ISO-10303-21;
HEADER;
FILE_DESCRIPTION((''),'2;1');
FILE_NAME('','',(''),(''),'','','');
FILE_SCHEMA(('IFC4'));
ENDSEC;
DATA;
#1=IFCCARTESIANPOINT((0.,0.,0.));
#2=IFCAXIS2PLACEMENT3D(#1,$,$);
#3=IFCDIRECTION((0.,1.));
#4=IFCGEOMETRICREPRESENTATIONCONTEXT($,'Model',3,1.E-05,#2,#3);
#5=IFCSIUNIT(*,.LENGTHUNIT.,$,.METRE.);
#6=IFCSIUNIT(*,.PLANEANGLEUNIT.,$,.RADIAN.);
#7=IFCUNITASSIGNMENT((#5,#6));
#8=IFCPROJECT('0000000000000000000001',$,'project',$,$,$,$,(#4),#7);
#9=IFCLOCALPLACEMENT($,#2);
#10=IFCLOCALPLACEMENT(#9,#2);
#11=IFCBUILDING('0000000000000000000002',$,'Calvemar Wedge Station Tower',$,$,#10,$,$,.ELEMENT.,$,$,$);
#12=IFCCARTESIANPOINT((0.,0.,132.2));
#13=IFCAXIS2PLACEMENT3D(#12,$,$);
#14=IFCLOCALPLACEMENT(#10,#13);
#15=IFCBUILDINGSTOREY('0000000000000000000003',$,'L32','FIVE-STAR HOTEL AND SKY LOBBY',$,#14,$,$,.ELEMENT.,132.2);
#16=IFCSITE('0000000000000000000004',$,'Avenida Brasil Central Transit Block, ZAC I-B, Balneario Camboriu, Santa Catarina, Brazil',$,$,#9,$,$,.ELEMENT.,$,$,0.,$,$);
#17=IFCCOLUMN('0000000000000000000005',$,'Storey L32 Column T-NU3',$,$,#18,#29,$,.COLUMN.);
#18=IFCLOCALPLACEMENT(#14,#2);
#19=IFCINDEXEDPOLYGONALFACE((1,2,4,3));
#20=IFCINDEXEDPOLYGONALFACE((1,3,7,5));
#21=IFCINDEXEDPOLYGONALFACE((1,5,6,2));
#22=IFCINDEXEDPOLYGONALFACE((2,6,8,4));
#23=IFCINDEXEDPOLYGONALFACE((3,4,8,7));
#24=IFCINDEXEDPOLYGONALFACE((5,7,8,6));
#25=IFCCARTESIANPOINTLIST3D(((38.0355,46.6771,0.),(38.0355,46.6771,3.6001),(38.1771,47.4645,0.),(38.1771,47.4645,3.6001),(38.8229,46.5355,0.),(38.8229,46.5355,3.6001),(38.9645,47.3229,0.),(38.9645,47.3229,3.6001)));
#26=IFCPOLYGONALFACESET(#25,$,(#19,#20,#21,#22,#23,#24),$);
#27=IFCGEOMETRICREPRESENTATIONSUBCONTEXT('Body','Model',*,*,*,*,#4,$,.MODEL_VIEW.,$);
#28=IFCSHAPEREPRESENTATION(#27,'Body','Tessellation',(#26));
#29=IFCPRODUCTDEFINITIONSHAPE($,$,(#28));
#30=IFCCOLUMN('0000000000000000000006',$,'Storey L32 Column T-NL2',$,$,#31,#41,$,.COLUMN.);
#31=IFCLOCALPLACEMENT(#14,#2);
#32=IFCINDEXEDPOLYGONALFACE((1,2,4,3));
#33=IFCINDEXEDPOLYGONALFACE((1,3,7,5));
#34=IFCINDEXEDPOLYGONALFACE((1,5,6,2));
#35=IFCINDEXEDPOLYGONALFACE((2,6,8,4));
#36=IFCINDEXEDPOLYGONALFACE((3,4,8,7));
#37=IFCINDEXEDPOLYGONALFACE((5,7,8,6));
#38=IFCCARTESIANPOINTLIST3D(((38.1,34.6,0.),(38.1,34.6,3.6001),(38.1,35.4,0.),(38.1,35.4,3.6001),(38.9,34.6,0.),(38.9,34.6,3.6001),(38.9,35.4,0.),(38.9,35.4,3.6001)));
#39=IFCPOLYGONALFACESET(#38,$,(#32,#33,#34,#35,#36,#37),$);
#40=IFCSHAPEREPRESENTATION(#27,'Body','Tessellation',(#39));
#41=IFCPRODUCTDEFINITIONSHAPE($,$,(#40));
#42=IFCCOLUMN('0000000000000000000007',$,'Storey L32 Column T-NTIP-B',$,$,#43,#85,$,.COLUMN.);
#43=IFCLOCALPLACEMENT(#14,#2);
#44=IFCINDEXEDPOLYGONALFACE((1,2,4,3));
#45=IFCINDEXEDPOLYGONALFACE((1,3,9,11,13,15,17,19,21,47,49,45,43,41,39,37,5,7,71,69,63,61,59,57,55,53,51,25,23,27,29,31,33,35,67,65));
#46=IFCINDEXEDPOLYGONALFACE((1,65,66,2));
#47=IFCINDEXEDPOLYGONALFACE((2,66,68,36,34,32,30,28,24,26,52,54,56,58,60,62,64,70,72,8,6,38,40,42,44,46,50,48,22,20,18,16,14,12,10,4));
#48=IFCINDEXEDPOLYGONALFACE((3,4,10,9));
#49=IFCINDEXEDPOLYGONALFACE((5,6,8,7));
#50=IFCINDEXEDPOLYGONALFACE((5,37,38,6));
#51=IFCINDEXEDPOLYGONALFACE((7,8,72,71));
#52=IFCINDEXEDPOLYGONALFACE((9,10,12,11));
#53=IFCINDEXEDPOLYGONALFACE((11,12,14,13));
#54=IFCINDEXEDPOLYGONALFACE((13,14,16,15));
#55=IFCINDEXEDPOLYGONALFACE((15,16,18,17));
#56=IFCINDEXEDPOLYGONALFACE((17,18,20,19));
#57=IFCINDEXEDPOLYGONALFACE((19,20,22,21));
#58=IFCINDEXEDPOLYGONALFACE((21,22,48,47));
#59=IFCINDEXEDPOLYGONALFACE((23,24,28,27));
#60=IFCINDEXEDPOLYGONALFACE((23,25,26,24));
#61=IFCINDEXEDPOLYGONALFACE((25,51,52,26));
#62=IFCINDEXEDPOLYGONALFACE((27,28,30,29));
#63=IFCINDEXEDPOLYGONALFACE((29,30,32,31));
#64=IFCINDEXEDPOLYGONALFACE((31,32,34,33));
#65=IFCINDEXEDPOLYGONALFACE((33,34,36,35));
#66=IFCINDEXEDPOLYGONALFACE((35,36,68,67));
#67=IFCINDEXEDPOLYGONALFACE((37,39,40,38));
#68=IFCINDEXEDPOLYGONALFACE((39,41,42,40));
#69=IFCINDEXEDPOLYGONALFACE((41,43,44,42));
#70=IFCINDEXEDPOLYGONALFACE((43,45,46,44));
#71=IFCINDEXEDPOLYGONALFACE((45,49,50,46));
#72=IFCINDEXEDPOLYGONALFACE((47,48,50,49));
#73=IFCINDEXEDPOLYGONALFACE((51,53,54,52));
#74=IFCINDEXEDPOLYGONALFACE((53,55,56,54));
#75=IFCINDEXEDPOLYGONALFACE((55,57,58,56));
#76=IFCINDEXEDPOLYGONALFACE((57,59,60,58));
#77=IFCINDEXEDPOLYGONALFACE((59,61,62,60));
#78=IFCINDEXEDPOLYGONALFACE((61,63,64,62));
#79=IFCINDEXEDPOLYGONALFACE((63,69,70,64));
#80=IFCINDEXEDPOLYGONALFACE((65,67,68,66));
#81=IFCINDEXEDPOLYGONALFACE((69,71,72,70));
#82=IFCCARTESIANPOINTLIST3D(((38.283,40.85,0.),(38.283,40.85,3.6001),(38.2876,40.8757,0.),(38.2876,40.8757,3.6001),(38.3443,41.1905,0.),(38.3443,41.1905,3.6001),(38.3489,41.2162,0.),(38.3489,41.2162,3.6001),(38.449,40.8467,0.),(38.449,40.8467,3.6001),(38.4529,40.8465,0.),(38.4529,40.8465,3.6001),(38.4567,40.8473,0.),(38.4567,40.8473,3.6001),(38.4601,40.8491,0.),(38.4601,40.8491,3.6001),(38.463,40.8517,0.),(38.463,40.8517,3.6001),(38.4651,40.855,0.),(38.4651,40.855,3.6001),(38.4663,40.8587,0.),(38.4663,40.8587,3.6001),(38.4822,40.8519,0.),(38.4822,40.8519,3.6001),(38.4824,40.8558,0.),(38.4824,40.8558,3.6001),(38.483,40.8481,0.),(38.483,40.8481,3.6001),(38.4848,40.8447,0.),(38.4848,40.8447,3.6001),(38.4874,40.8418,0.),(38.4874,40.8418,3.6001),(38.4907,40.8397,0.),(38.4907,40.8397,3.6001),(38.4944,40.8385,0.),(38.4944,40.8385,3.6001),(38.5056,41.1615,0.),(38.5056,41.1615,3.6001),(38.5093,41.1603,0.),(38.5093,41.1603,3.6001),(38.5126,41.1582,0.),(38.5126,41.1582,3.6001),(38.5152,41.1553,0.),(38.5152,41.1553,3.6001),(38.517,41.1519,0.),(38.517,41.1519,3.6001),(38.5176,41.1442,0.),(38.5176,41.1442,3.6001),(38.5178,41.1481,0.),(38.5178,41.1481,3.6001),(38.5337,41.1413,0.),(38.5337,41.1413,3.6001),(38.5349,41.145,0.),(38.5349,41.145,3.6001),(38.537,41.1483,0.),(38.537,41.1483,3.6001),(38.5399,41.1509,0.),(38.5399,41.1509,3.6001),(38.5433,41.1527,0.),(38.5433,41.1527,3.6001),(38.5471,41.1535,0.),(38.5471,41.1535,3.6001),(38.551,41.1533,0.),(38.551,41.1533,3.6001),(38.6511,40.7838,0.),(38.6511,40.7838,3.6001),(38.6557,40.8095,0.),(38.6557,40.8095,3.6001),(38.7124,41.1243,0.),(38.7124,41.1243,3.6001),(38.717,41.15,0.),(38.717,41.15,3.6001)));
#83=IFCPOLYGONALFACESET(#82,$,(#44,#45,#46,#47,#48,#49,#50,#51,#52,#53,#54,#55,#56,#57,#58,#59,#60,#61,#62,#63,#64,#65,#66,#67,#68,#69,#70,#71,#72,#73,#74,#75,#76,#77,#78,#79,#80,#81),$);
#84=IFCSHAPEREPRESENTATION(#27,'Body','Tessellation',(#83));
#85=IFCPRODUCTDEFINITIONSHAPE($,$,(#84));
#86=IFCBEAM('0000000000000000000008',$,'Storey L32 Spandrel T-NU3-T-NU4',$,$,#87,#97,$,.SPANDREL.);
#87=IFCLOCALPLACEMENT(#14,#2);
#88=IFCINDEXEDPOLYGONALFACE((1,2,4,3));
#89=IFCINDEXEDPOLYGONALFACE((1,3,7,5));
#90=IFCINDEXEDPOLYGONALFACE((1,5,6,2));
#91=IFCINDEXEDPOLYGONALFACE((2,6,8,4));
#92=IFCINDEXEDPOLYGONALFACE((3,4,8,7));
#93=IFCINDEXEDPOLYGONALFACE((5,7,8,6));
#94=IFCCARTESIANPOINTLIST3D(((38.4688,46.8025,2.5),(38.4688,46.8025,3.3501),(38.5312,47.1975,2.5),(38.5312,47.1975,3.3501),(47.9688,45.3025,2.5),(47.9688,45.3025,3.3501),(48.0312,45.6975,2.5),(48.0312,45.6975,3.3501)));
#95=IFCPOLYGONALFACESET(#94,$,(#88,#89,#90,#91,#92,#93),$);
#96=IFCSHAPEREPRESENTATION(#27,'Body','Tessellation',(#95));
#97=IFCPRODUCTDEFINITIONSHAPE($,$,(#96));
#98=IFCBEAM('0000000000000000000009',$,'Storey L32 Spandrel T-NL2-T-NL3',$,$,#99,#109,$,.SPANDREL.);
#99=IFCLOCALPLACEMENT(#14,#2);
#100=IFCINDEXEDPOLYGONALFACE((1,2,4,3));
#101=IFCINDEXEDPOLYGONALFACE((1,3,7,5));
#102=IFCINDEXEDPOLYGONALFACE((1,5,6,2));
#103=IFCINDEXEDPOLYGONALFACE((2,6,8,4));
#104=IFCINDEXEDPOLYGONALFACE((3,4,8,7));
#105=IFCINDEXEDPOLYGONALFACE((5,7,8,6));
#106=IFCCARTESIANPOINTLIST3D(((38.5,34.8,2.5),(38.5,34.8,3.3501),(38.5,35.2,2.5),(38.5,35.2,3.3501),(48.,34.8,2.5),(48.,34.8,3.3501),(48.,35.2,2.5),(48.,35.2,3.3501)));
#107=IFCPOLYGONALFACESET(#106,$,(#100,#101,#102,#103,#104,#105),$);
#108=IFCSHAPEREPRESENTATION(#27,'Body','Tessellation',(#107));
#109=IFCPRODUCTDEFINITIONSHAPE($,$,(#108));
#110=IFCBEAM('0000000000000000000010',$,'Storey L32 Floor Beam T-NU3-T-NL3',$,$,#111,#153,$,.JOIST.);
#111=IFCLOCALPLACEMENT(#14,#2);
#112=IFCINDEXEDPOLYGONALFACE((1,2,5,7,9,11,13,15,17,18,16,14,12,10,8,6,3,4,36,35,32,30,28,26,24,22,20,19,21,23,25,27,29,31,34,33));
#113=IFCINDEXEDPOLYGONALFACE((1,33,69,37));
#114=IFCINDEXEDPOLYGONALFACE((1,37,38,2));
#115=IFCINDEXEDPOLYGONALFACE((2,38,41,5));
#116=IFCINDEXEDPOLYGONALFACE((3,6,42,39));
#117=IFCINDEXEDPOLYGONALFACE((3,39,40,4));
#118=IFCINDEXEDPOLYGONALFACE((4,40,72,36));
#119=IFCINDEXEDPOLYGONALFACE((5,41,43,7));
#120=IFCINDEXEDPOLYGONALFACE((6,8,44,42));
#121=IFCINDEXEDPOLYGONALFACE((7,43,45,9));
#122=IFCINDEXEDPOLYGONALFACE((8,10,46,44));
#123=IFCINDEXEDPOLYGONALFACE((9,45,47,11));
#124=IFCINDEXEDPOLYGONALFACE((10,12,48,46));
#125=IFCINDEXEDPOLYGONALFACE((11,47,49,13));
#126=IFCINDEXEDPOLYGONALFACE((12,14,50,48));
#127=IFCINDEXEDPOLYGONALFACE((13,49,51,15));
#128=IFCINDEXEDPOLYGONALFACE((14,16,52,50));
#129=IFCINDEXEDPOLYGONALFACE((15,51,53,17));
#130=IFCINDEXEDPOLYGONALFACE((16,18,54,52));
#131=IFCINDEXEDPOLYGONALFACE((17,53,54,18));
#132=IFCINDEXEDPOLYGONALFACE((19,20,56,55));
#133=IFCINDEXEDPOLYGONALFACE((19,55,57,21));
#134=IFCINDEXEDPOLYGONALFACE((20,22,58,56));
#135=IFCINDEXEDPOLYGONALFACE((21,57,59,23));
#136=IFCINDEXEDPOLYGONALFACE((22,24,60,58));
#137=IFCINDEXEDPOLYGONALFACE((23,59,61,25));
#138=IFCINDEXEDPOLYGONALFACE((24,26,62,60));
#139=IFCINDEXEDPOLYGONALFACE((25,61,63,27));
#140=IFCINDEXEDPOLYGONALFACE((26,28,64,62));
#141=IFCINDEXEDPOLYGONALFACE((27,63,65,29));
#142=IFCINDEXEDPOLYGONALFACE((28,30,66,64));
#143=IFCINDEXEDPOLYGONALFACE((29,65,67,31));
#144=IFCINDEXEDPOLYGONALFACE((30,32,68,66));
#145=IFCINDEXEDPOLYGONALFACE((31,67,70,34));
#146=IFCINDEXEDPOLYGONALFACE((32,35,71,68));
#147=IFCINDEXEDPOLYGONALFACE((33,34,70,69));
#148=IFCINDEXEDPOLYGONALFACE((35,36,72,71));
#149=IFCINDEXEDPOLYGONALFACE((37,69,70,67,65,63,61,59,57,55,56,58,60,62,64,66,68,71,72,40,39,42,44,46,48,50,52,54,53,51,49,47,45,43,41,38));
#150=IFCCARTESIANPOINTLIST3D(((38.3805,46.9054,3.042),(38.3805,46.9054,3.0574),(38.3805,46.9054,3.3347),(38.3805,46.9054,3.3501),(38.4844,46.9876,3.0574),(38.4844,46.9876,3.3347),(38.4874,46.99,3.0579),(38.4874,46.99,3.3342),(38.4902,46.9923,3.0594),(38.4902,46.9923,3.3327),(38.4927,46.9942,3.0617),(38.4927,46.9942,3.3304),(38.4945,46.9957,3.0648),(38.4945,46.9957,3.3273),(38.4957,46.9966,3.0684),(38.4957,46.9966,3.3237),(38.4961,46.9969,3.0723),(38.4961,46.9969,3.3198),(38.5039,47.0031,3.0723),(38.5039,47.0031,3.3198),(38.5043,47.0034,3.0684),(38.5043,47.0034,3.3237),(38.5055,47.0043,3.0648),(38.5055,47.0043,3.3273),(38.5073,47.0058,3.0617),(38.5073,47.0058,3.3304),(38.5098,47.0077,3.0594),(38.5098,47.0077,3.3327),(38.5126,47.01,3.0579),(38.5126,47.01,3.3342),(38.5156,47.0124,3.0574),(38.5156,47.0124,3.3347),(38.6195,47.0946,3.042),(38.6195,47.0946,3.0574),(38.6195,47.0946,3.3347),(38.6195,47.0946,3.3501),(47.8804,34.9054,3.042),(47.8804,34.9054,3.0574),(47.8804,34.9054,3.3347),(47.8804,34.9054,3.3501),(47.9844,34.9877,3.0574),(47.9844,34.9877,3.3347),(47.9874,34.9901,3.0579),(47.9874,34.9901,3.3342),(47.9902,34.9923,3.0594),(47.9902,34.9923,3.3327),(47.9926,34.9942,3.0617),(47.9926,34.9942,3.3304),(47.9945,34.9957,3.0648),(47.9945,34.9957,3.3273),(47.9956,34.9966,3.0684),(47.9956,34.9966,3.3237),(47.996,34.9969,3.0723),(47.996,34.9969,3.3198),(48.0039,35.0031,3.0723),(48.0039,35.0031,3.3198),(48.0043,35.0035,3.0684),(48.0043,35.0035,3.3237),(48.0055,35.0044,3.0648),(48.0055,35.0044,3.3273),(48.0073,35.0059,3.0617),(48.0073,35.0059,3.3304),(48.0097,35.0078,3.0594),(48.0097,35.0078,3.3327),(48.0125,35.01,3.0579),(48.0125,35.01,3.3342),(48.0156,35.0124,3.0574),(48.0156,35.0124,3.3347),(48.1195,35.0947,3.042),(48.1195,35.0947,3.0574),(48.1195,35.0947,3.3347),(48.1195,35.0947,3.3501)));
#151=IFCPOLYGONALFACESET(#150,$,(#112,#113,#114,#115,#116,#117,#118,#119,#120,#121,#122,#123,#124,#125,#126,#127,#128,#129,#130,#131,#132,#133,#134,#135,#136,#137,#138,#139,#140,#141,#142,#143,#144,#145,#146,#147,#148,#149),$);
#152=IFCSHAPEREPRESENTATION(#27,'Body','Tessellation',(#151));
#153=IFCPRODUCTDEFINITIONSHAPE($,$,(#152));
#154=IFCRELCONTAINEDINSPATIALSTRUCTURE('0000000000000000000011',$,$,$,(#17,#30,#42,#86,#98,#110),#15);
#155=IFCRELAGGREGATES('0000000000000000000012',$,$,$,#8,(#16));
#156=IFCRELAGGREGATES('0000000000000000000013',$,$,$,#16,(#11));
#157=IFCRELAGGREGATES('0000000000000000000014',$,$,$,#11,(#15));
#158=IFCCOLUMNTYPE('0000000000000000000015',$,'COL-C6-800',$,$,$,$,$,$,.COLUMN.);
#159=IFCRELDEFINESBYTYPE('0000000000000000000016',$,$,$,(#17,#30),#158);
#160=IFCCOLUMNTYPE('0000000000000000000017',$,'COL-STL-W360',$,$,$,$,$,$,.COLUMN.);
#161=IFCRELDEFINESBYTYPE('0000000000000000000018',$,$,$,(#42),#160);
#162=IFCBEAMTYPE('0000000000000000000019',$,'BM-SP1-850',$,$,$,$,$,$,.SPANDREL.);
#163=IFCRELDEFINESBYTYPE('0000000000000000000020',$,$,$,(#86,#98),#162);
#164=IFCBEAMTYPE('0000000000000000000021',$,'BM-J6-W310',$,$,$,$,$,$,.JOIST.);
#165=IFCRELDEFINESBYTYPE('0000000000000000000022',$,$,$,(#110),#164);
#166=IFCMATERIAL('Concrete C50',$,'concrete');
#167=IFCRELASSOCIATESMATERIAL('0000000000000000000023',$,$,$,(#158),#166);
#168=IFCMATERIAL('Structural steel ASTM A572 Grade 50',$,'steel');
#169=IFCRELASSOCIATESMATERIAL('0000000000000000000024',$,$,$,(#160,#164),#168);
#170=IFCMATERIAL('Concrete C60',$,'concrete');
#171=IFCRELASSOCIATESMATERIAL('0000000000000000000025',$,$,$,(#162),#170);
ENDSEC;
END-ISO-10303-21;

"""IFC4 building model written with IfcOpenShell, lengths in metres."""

from ifc_helpers import new_model, si_unit, direction, frame, origin, origin_2d, place, context, subcontext, project, spatial, rectangle, i_section, extrude, source, transform, mapped, material, material_profile, profile_set, type_object, element, save


model = new_model("IFC4")

# Units and contexts
model_context = context("Model", 3, precision=1e-05, world=origin(), true_north=direction((0.0, 1.0)))
body_context = subcontext(model_context, "Body", "Model", "MODEL_VIEW")
ifc_project = project(units=[si_unit("LENGTHUNIT", "METRE"), si_unit("PLANEANGLEUNIT", "RADIAN")], contexts=[model_context])

# Site, building, storey
site_placement = place(None, origin())
site = spatial("IfcSite", under=ifc_project, at=site_placement, Name="Avenida Brasil Central Transit Block, ZAC I-B, Balneario Camboriu, Santa Catarina, Brazil", CompositionType="ELEMENT", RefElevation=0.0)
building_placement = place(site_placement, origin())
building = spatial("IfcBuilding", under=site, at=building_placement, Name="Calvemar Wedge Station Tower", CompositionType="ELEMENT")
storey_placement = place(building_placement, frame((0.0, 0.0, 132.2)))
storey = spatial("IfcBuildingStorey", under=building, at=storey_placement, Name="L32", Description="FIVE-STAR HOTEL AND SKY LOBBY", CompositionType="ELEMENT", Elevation=132.2)

# Columns
ifc_material_1 = material(Name="Concrete C50", Category="concrete")
ifc_material_profile_1 = material_profile(ifc_material_1, rectangle(XDim=0.8, YDim=0.8, at=origin_2d()), Name="RC800x800")
ifc_profile_set_1 = profile_set([ifc_material_profile_1], Name="Concrete C50")
column_type_1 = type_object("IfcColumnType", Name="COL-C6-800", PredefinedType="COLUMN", material=ifc_profile_set_1)
shared_shape_1 = source(origin(), body_context, "Body", "SweptSolid", [
    extrude(rectangle(XDim=0.8, YDim=0.8, at=origin_2d()), origin(), (0.0, 0.0, 1.0), 3.6001),
])
for number, where, z_axis, x_axis, name in (
    (1, (38.5, 47.0, 0.0), (0.0, 0.0, 1.0), (0.984196, -0.177085, 0.0), "Storey L32 Column T-NU3"),
    (2, (38.5, 35.0, 0.0), (0.0, 0.0, 1.0), (1.0, 0.0, 0.0), "Storey L32 Column T-NL2"),
):
    element("IfcColumn", number, at=place(storey_placement, frame(where, z_axis=z_axis, x_axis=x_axis)), inside=storey, type_object=column_type_1, Name=name, PredefinedType="COLUMN", context=body_context, shape_type="MappedRepresentation", body=[
        mapped(shared_shape_1, transform((0.0, 0.0, 0.0), scale=1.0)),
    ])
ifc_material_2 = material(Name="Structural steel ASTM A572 Grade 50", Category="steel")
ifc_material_profile_2 = material_profile(ifc_material_2, i_section(OverallWidth=0.374, OverallDepth=0.3721, WebThickness=0.0164, FlangeThickness=0.0261, FilletRadius=0.0149, at=origin_2d()), Name="W360x196")
ifc_profile_set_2 = profile_set([ifc_material_profile_2], Name="Structural steel ASTM A572 Grade 50")
column_type_2 = type_object("IfcColumnType", Name="COL-STL-W360", PredefinedType="COLUMN", material=ifc_profile_set_2)
shared_shape_2 = source(origin(), body_context, "Body", "SweptSolid", [
    extrude(i_section(OverallWidth=0.374, OverallDepth=0.3721, WebThickness=0.0164, FlangeThickness=0.0261, FilletRadius=0.0149, at=origin_2d()), origin(), (0.0, 0.0, 1.0), 3.6001),
])
column_placement = place(storey_placement, frame((38.5, 41.0, 0.0), z_axis=(0.0, 0.0, 1.0), x_axis=(0.984196, -0.177085, 0.0)))
element("IfcColumn", 3, at=column_placement, inside=storey, type_object=column_type_2, Name="Storey L32 Column T-NTIP-B", PredefinedType="COLUMN", context=body_context, shape_type="MappedRepresentation", body=[
    mapped(shared_shape_2, transform((0.0, 0.0, 0.0), scale=1.0)),
])

# Beams
ifc_material_3 = material(Name="Concrete C60", Category="concrete")
ifc_material_profile_3 = material_profile(ifc_material_3, rectangle(XDim=0.3999, YDim=0.8501, at=origin_2d()), Name="RC400x850")
ifc_profile_set_3 = profile_set([ifc_material_profile_3], Name="Concrete C60")
beam_type_1 = type_object("IfcBeamType", Name="BM-SP1-850", PredefinedType="SPANDREL", material=ifc_profile_set_3)
shared_shape_3 = source(origin(), body_context, "Body", "SweptSolid", [
    extrude(rectangle(XDim=0.3999, YDim=0.8501, at=origin_2d()), origin(), (0.0, 0.0, 1.0), 9.6177),
])
beam_1_placement = place(storey_placement, frame((38.5, 47.0, 2.925), z_axis=(0.987763, -0.155963, 0.0), x_axis=(0.155963, 0.987763, 0.0)))
element("IfcBeam", 4, at=beam_1_placement, inside=storey, type_object=beam_type_1, Name="Storey L32 Spandrel T-NU3-T-NU4", PredefinedType="SPANDREL", context=body_context, shape_type="MappedRepresentation", body=[
    mapped(shared_shape_3, transform((0.0, 0.0, 0.0), scale=1.0)),
])
shared_shape_4 = source(origin(), body_context, "Body", "SweptSolid", [
    extrude(rectangle(XDim=0.3999, YDim=0.8501, at=origin_2d()), origin(), (0.0, 0.0, 1.0), 9.5),
])
beam_2_placement = place(storey_placement, frame((38.5, 35.0, 2.925), z_axis=(1.0, 0.0, 0.0), x_axis=(0.0, 1.0, 0.0)))
element("IfcBeam", 5, at=beam_2_placement, inside=storey, type_object=beam_type_1, Name="Storey L32 Spandrel T-NL2-T-NL3", PredefinedType="SPANDREL", context=body_context, shape_type="MappedRepresentation", body=[
    mapped(shared_shape_4, transform((0.0, 0.0, 0.0), scale=1.0)),
])
ifc_material_profile_4 = material_profile(ifc_material_2, i_section(OverallWidth=0.3049, OverallDepth=0.3081, WebThickness=0.01, FlangeThickness=0.0154, FilletRadius=0.0149, at=origin_2d()), Name="W310x97")
ifc_profile_set_4 = profile_set([ifc_material_profile_4], Name="Structural steel ASTM A572 Grade 50")
beam_type_2 = type_object("IfcBeamType", Name="BM-J6-W310", PredefinedType="JOIST", material=ifc_profile_set_4)
shared_shape_5 = source(origin(), body_context, "Body", "SweptSolid", [
    extrude(i_section(OverallWidth=0.3049, OverallDepth=0.3081, WebThickness=0.01, FlangeThickness=0.0154, FilletRadius=0.0149, at=origin_2d()), origin(), (0.0, 0.0, 1.0), 15.3052),
])
beam_3_placement = place(storey_placement, frame((38.5, 47.0, 3.196), z_axis=(0.620703, -0.784046, 0.0), x_axis=(0.784046, 0.620703, 0.0)))
element("IfcBeam", 6, at=beam_3_placement, inside=storey, type_object=beam_type_2, Name="Storey L32 Floor Beam T-NU3-T-NL3", PredefinedType="JOIST", context=body_context, shape_type="MappedRepresentation", body=[
    mapped(shared_shape_5, transform((0.0, 0.0, 0.0), scale=1.0)),
])

save(model, "model.ifc")
